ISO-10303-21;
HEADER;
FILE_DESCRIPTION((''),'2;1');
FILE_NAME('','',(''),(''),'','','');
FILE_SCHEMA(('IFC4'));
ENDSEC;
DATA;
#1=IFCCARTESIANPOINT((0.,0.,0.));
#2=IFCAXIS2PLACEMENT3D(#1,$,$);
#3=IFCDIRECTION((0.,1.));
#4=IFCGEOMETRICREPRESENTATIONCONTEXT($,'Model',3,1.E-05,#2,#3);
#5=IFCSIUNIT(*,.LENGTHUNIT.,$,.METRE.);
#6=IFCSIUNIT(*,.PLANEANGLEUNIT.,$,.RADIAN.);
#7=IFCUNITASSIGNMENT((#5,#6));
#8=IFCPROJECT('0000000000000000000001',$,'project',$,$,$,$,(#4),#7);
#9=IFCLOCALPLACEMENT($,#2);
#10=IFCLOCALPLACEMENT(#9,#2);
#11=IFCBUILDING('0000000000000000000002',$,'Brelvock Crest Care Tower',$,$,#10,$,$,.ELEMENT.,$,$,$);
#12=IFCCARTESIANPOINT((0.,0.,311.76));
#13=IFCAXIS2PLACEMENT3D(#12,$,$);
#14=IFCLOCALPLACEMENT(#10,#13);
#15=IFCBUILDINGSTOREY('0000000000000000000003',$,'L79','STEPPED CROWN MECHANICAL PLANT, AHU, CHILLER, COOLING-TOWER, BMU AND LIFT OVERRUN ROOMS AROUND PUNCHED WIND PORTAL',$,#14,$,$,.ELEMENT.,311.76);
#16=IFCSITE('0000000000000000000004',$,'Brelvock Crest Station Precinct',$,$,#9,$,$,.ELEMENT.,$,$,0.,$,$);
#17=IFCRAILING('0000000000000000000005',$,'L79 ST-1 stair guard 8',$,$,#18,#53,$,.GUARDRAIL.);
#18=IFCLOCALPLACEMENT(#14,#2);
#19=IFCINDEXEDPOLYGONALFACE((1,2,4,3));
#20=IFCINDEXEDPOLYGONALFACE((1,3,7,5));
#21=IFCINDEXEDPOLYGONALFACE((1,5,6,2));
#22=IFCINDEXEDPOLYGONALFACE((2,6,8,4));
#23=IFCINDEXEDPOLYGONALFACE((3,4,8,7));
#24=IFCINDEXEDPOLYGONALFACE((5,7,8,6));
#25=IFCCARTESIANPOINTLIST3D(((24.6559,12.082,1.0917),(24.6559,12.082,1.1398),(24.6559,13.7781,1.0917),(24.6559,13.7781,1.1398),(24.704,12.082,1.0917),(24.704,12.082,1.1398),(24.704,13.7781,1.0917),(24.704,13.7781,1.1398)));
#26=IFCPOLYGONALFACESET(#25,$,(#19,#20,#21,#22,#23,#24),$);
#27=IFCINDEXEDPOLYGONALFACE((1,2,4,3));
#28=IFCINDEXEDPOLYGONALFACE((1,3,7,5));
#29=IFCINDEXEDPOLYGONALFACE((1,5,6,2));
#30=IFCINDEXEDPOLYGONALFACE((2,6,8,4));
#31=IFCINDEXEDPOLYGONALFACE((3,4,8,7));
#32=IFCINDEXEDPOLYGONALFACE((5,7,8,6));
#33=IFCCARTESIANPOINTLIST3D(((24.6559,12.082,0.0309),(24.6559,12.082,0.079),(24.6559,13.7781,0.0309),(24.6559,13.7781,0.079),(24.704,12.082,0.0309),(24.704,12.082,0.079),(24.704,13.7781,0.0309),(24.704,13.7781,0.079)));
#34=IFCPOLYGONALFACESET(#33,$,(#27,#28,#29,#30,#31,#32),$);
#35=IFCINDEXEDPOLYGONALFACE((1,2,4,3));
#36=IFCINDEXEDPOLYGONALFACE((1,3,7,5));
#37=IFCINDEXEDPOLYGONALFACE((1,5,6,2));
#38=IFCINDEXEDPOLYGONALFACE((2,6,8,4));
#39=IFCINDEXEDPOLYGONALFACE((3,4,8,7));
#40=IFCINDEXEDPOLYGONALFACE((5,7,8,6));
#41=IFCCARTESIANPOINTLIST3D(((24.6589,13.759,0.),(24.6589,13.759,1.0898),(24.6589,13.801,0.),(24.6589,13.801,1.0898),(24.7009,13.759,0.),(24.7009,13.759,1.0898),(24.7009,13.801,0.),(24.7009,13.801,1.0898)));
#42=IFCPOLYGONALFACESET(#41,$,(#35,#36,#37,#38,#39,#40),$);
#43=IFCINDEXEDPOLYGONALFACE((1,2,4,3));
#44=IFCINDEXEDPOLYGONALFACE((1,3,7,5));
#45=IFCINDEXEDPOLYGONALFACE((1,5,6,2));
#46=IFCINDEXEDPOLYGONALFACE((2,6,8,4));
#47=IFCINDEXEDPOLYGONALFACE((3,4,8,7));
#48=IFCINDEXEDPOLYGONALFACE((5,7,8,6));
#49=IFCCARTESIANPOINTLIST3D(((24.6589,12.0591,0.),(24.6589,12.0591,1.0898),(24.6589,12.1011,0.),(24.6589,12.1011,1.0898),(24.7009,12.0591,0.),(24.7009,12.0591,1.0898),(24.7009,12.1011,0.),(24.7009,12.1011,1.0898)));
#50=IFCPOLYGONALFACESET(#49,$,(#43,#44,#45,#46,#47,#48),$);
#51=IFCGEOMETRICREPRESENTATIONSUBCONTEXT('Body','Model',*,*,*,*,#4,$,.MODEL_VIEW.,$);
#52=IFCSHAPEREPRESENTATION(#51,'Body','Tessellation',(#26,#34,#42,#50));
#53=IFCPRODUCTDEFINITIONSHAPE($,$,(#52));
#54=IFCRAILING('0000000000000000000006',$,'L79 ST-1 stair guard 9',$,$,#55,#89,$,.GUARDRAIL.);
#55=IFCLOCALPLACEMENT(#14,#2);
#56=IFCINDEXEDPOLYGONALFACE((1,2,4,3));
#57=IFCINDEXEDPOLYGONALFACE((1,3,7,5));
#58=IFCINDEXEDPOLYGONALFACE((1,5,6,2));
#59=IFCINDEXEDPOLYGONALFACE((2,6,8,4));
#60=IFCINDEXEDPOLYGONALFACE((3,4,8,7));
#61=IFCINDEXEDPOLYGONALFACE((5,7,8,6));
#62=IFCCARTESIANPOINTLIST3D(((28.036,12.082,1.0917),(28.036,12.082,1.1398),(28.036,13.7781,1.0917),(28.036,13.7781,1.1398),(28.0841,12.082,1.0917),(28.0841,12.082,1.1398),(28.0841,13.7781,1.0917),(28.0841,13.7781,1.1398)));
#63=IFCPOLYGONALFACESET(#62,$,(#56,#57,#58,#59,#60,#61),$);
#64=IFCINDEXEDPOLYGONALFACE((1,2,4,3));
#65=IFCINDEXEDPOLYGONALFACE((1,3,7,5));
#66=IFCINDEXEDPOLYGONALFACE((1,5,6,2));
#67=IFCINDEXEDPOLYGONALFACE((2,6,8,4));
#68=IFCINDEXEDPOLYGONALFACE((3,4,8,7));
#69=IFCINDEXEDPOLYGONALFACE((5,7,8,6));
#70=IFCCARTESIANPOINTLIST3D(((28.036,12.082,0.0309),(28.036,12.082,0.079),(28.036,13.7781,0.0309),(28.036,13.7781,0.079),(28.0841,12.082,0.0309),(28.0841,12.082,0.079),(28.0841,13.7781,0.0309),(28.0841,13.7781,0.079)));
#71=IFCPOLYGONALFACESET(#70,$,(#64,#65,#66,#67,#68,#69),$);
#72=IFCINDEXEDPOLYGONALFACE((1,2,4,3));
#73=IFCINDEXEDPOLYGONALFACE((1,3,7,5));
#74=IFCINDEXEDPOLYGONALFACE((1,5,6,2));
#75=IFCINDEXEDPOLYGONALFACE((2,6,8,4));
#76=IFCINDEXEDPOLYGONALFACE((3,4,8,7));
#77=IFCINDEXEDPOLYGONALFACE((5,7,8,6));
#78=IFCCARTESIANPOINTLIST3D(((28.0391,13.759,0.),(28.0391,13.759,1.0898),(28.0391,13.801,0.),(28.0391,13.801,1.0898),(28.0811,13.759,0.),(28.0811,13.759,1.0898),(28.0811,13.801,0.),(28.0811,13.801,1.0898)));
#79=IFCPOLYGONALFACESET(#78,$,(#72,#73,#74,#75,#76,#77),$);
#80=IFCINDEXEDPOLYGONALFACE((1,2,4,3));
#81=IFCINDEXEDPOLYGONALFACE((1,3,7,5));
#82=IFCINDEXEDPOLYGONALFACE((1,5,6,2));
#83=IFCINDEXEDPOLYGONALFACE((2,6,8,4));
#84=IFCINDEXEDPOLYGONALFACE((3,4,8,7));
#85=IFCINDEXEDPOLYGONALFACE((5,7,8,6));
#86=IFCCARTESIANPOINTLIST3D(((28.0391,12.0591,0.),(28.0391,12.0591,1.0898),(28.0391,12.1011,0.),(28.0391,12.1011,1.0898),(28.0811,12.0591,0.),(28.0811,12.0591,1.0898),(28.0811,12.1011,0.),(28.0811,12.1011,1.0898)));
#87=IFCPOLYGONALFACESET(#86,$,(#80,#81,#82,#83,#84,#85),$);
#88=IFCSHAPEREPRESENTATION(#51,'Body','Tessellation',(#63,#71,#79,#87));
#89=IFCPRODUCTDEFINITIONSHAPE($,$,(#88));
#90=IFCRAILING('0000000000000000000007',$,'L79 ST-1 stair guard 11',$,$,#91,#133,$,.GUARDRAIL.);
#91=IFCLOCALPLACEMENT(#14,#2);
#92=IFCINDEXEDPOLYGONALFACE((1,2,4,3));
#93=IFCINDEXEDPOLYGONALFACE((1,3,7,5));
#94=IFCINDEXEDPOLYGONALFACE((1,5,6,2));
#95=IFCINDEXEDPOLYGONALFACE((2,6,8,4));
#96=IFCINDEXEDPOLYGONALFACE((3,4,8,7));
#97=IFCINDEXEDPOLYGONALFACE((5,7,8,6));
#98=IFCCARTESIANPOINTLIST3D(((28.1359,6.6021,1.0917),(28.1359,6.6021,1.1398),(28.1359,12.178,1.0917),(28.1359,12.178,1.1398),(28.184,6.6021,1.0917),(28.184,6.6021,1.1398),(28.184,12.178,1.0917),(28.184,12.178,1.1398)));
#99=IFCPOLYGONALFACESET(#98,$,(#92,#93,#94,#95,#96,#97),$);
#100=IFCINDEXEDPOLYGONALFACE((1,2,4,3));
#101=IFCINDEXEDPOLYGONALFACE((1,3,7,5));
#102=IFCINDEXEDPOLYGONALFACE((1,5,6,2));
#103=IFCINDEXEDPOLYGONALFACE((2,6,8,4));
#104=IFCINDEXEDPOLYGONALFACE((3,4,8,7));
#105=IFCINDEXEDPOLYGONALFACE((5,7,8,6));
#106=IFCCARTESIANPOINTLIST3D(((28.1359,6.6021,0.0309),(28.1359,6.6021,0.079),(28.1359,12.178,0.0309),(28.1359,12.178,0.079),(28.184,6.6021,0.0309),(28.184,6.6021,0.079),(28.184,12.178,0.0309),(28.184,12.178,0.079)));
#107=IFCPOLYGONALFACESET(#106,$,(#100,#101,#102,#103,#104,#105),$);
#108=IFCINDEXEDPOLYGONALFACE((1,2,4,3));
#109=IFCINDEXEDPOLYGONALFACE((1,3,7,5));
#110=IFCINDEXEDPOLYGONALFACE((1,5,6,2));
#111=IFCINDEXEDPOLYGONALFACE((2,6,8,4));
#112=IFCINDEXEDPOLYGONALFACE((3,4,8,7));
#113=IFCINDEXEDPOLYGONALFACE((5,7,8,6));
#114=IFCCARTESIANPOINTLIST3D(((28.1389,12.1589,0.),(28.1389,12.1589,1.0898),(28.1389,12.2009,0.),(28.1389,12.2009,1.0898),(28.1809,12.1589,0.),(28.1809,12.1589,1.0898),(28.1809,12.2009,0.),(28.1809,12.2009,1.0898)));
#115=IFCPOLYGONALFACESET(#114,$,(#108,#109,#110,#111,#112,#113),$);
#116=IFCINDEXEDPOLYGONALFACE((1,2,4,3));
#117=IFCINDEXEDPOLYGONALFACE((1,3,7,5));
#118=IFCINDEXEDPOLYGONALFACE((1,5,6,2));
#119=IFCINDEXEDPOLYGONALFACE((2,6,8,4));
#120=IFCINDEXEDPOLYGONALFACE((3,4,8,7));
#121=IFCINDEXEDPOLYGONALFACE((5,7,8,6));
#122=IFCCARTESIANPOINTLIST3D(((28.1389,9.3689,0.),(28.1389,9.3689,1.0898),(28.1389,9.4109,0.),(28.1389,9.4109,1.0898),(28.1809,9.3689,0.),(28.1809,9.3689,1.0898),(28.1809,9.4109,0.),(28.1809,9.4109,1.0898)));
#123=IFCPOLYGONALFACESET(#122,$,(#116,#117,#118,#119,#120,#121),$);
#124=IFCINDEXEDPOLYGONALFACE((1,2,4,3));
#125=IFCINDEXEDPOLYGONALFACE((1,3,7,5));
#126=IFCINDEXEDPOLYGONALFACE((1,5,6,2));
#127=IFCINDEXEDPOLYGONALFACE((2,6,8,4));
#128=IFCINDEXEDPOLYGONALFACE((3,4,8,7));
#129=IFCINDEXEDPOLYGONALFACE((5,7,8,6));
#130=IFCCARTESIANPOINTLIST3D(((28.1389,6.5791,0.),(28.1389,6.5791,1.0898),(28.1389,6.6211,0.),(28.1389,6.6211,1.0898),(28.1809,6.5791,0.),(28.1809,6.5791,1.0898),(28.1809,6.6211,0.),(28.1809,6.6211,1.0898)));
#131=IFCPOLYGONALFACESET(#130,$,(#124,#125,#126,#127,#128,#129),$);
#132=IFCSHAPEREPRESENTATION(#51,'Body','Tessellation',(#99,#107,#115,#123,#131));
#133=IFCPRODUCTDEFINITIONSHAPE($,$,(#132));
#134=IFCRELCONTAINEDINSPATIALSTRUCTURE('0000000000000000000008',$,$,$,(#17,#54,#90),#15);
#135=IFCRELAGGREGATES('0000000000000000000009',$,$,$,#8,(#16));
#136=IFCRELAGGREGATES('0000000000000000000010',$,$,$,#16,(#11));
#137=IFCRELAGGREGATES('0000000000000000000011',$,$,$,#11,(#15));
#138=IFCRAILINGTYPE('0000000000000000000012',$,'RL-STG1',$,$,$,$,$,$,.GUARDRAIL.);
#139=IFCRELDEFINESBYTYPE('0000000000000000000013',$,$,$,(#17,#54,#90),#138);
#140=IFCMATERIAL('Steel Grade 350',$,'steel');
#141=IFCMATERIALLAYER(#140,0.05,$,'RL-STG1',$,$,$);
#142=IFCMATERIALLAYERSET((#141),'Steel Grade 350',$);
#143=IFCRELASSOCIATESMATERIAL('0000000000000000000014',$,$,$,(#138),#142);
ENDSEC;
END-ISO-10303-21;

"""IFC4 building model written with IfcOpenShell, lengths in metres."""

from ifc_helpers import new_model, si_unit, direction, frame, origin, origin_2d, place, context, subcontext, project, spatial, rectangle, extrude, material, layer, layer_set, type_object, element, save


model = new_model("IFC4")

# Units and contexts
model_context = context("Model", 3, precision=1e-05, world=origin(), true_north=direction((0.0, 1.0)))
body_context = subcontext(model_context, "Body", "Model", "MODEL_VIEW")
ifc_project = project(units=[si_unit("LENGTHUNIT", "METRE"), si_unit("PLANEANGLEUNIT", "RADIAN")], contexts=[model_context])

# Site, building, storey
site_placement = place(None, origin())
site = spatial("IfcSite", under=ifc_project, at=site_placement, Name="Brelvock Crest Station Precinct", CompositionType="ELEMENT", RefElevation=0.0)
building_placement = place(site_placement, origin())
building = spatial("IfcBuilding", under=site, at=building_placement, Name="Brelvock Crest Care Tower", CompositionType="ELEMENT")
storey_placement = place(building_placement, frame((0.0, 0.0, 311.76)))
storey = spatial("IfcBuildingStorey", under=building, at=storey_placement, Name="L79", Description="STEPPED CROWN MECHANICAL PLANT, AHU, CHILLER, COOLING-TOWER, BMU AND LIFT OVERRUN ROOMS AROUND PUNCHED WIND PORTAL", CompositionType="ELEMENT", Elevation=311.76)

# Shared definitions
ifc_material_1 = material(Name="Steel Grade 350", Category="steel")

# Railings
ifc_layer_1 = layer(ifc_material_1, 0.05, Name="RL-STG1")
ifc_layer_set_1 = layer_set([ifc_layer_1], Name="Steel Grade 350")
railing_type_1 = type_object("IfcRailingType", Name="RL-STG1", PredefinedType="GUARDRAIL", material=ifc_layer_set_1)
for number, where, name in (
    (1, (24.6799, 13.78, 0.0), "L79 ST-1 stair guard 8"),
    (2, (28.0601, 13.78, 0.0), "L79 ST-1 stair guard 9"),
):
    element("IfcRailing", number, at=place(storey_placement, frame(where)), inside=storey, type_object=railing_type_1, Name=name, PredefinedType="GUARDRAIL", context=body_context, shape_type="SweptSolid", body=[
        extrude(rectangle(XDim=0.0481, YDim=0.0481, at=origin_2d()), frame((0.0, -0.002, 1.1157), z_axis=(0.0, -1.0, 0.0), x_axis=(1.0, 0.0, 0.0)), (0.0, 0.0, 1.0), 1.696),
        extrude(rectangle(XDim=0.0481, YDim=0.0481, at=origin_2d()), frame((0.0, -0.002, 0.0549), z_axis=(0.0, -1.0, 0.0), x_axis=(1.0, 0.0, 0.0)), (0.0, 0.0, 1.0), 1.696),
        extrude(rectangle(XDim=0.042, YDim=0.042, at=origin_2d()), origin(), (0.0, 0.0, 1.0), 1.0898),
        extrude(rectangle(XDim=0.042, YDim=0.042, at=origin_2d()), frame((0.0, -1.7, 0.0)), (0.0, 0.0, 1.0), 1.0898),
    ])
railing_1_placement = place(storey_placement, frame((28.1599, 12.1799, 0.0)))
element("IfcRailing", 3, at=railing_1_placement, inside=storey, type_object=railing_type_1, Name="L79 ST-1 stair guard 11", PredefinedType="GUARDRAIL", context=body_context, shape_type="SweptSolid", body=[
    extrude(rectangle(XDim=0.0481, YDim=0.0481, at=origin_2d()), frame((0.0, -0.002, 1.1157), z_axis=(0.0, -1.0, 0.0), x_axis=(1.0, 0.0, 0.0)), (0.0, 0.0, 1.0), 5.5759),
    extrude(rectangle(XDim=0.0481, YDim=0.0481, at=origin_2d()), frame((0.0, -0.002, 0.0549), z_axis=(0.0, -1.0, 0.0), x_axis=(1.0, 0.0, 0.0)), (0.0, 0.0, 1.0), 5.5759),
    extrude(rectangle(XDim=0.042, YDim=0.042, at=origin_2d()), origin(), (0.0, 0.0, 1.0), 1.0898),
    extrude(rectangle(XDim=0.042, YDim=0.042, at=origin_2d()), frame((0.0, -2.79, 0.0)), (0.0, 0.0, 1.0), 1.0898),
    extrude(rectangle(XDim=0.042, YDim=0.042, at=origin_2d()), frame((0.0, -5.5798, 0.0)), (0.0, 0.0, 1.0), 1.0898),
])

save(model, "model.ifc")
